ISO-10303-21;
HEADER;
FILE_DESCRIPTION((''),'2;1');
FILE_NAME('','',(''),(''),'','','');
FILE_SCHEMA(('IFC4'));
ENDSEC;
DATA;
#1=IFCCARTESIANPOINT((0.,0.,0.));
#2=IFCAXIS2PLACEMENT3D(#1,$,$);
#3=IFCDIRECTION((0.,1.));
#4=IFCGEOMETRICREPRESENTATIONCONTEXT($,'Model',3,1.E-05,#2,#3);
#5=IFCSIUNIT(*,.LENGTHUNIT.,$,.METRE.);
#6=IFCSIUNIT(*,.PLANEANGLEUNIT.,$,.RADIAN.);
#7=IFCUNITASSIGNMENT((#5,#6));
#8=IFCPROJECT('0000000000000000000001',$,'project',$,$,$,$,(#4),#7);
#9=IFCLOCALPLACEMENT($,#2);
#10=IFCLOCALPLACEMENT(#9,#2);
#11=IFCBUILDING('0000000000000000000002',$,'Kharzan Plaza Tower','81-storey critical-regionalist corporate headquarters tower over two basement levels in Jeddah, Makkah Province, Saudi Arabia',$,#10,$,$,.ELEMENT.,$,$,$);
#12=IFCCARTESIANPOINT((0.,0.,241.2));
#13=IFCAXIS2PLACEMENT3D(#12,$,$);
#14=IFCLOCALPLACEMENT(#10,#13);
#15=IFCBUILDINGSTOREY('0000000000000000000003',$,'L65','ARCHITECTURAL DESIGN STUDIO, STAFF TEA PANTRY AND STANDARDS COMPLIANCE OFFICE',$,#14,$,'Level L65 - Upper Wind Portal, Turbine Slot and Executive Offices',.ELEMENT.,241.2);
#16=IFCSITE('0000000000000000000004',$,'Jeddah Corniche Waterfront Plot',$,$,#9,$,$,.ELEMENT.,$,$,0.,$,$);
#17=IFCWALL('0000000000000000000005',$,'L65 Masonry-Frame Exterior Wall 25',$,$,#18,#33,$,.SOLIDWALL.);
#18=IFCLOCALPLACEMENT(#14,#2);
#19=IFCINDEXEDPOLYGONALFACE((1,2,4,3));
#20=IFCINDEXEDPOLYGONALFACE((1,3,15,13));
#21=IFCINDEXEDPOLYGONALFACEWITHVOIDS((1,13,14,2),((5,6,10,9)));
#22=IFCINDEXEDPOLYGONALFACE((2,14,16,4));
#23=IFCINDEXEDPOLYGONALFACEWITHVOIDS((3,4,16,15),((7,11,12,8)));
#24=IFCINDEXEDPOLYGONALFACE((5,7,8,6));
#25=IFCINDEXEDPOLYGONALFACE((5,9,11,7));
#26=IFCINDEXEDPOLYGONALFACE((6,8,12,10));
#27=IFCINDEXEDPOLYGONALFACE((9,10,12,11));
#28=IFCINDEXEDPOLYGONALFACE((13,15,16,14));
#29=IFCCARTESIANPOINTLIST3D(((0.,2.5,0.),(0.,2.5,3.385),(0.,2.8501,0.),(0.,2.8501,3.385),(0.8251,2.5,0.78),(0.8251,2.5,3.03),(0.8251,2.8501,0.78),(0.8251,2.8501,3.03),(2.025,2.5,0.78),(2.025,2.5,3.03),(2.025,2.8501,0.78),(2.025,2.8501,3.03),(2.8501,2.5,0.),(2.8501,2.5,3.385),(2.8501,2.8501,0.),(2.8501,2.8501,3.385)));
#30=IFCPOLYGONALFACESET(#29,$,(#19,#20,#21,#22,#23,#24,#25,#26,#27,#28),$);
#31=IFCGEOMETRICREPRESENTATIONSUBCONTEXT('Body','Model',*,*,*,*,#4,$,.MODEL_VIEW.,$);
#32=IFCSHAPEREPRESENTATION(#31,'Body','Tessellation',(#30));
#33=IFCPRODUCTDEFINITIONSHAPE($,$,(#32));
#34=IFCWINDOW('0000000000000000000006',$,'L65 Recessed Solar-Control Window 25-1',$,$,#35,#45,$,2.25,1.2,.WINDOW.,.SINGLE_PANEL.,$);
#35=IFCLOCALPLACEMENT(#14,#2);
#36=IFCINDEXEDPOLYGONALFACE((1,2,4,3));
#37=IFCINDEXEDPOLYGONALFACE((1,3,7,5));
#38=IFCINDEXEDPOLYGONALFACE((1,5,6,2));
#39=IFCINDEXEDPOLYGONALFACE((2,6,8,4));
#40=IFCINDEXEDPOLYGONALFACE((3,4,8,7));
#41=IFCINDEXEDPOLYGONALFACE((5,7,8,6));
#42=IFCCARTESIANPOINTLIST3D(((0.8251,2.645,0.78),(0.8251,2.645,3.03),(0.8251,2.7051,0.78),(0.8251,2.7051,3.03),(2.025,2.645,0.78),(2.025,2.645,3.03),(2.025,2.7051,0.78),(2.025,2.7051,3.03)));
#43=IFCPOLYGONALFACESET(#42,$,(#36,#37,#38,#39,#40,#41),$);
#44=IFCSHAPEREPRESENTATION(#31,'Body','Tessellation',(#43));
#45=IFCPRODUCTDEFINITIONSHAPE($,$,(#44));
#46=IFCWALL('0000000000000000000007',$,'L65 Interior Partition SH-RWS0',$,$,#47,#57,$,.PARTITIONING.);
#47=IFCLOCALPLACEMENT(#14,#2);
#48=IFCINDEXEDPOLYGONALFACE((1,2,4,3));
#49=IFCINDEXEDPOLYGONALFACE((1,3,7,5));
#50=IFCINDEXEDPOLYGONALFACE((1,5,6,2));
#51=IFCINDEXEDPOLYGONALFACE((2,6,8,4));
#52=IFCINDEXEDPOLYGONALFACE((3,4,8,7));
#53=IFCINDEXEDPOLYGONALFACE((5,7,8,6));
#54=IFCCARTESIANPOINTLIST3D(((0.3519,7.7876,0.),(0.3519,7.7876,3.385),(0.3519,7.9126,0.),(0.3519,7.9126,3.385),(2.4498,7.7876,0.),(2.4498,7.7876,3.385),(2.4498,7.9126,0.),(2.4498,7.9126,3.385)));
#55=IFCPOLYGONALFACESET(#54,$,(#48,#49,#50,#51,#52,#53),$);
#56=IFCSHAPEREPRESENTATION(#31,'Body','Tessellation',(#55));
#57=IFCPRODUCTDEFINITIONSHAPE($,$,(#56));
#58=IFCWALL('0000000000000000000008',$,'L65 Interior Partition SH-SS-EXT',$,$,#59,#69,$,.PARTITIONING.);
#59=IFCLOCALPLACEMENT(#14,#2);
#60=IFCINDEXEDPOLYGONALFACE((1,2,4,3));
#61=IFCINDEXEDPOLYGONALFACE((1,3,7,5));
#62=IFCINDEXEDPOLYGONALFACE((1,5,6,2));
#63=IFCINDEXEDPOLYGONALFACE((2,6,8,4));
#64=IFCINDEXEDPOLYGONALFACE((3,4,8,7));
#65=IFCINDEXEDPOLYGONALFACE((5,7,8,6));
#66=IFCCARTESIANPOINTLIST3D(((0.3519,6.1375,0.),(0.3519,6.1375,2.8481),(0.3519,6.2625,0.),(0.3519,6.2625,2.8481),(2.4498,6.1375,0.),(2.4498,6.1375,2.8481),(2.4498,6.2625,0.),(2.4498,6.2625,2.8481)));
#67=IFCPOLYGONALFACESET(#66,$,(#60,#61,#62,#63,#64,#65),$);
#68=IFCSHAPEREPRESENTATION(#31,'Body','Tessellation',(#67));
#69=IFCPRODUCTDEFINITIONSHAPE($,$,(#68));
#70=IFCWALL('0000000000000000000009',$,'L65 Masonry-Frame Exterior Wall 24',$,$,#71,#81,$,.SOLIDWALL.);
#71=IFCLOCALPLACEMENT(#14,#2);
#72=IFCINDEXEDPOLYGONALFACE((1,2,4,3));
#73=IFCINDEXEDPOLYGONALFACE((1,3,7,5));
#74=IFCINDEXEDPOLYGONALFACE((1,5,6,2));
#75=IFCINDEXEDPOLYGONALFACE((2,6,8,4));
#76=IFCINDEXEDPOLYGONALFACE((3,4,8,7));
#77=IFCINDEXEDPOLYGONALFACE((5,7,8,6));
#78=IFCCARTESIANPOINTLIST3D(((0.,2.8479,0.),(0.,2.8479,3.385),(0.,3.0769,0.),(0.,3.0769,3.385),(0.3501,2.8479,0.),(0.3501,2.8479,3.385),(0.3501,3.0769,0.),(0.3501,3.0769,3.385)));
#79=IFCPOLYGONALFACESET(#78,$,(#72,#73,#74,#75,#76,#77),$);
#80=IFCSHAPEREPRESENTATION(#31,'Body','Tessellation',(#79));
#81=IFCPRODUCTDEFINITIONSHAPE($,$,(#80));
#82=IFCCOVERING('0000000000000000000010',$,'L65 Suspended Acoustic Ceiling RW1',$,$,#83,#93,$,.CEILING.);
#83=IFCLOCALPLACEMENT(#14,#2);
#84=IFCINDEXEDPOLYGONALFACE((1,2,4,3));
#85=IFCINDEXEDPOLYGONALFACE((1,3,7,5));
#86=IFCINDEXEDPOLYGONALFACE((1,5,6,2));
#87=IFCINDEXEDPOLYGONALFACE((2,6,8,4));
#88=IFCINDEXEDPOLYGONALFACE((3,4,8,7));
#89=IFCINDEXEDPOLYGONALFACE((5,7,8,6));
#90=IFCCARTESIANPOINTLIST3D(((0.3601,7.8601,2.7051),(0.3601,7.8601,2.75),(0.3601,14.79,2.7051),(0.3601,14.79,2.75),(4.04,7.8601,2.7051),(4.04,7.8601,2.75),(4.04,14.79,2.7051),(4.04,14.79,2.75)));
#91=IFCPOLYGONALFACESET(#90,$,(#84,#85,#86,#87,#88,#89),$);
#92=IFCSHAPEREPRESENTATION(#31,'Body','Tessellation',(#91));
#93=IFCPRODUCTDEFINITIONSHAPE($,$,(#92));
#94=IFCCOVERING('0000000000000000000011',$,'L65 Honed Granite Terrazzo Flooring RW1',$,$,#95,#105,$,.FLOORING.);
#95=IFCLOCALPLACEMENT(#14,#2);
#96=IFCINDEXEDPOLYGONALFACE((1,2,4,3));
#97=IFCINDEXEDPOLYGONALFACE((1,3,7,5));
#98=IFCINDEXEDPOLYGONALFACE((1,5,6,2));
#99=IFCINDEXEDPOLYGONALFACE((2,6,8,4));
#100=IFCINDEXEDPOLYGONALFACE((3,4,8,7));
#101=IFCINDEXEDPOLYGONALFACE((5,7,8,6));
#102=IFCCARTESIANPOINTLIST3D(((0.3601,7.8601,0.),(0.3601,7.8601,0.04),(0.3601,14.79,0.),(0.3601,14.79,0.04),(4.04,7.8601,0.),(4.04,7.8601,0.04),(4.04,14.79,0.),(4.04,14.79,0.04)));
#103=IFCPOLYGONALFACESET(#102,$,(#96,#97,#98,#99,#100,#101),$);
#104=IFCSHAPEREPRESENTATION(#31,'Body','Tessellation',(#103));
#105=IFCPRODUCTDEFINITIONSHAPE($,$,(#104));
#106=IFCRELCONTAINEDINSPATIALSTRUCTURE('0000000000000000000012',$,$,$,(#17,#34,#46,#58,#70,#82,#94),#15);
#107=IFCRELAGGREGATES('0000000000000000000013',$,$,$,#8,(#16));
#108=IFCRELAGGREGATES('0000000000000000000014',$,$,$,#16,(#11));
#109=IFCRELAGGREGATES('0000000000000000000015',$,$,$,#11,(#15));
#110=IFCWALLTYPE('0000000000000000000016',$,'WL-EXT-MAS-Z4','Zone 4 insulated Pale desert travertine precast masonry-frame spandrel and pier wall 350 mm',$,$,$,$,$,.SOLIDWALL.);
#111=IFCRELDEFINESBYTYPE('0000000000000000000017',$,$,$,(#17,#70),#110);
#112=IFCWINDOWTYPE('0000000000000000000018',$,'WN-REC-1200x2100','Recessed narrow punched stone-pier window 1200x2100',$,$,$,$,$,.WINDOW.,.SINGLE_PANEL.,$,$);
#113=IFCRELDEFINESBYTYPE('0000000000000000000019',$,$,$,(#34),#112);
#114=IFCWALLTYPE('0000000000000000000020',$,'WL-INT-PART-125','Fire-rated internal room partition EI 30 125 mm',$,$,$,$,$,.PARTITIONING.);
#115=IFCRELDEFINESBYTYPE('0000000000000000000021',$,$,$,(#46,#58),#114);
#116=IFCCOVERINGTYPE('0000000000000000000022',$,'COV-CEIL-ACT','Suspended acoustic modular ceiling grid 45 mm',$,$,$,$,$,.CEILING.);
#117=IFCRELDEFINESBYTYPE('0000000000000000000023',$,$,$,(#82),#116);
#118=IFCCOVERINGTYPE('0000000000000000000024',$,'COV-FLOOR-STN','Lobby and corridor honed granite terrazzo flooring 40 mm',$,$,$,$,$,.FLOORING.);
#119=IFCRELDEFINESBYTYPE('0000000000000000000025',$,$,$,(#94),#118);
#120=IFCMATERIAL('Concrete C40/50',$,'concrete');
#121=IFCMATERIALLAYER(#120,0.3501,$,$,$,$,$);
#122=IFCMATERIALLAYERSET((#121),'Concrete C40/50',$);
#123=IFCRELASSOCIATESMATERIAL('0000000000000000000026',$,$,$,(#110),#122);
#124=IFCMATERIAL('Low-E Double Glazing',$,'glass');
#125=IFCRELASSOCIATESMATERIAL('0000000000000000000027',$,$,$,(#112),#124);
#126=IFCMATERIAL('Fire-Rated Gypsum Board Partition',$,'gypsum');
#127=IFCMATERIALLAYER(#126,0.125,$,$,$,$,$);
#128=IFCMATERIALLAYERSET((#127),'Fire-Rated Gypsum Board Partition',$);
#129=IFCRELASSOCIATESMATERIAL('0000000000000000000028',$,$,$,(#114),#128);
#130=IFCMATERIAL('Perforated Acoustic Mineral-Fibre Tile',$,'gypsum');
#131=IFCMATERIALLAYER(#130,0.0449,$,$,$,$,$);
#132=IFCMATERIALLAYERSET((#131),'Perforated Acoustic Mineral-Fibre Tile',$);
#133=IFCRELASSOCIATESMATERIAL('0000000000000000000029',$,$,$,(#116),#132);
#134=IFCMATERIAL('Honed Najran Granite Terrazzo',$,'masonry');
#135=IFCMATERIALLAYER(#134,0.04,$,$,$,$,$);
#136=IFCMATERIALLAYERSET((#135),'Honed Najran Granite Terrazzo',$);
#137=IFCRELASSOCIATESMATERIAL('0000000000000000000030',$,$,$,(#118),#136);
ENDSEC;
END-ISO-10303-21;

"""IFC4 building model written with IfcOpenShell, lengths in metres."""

from ifc_helpers import new_model, si_unit, direction, frame, frame_2d, origin, place, context, subcontext, project, spatial, polyline, rectangle, outline, extrude, source, transform, mapped, material, layer, layer_set, type_object, element, fill, save


model = new_model("IFC4")

# Units and contexts
model_context = context("Model", 3, precision=1e-05, world=origin(), true_north=direction((0.0, 1.0)))
body_context = subcontext(model_context, "Body", "Model", "MODEL_VIEW")
ifc_project = project(units=[si_unit("LENGTHUNIT", "METRE"), si_unit("PLANEANGLEUNIT", "RADIAN")], contexts=[model_context])

# Site, building, storey
site_placement = place(None, origin())
site = spatial("IfcSite", under=ifc_project, at=site_placement, Name="Jeddah Corniche Waterfront Plot", CompositionType="ELEMENT", RefElevation=0.0)
building_placement = place(site_placement, origin())
building = spatial("IfcBuilding", under=site, at=building_placement, Name="Kharzan Plaza Tower", Description="81-storey critical-regionalist corporate headquarters tower over two basement levels in Jeddah, Makkah Province, Saudi Arabia", CompositionType="ELEMENT")
storey_placement = place(building_placement, frame((0.0, 0.0, 241.2)))
storey = spatial("IfcBuildingStorey", under=building, at=storey_placement, Name="L65", Description="ARCHITECTURAL DESIGN STUDIO, STAFF TEA PANTRY AND STANDARDS COMPLIANCE OFFICE", LongName="Level L65 - Upper Wind Portal, Turbine Slot and Executive Offices", CompositionType="ELEMENT", Elevation=241.2)

# Shared definitions
ifc_material_1 = material(Name="Concrete C40/50", Category="concrete")

# Wall, opening, window
ifc_layer_1 = layer(ifc_material_1, 0.3501)
ifc_layer_set_1 = layer_set([ifc_layer_1], Name="Concrete C40/50")
wall_type_1 = type_object("IfcWallType", Name="WL-EXT-MAS-Z4", Description="Zone 4 insulated Pale desert travertine precast masonry-frame spandrel and pier wall 350 mm", PredefinedType="SOLIDWALL", material=ifc_layer_set_1)
ifc_material_2 = material(Name="Low-E Double Glazing", Category="glass")
window_type = type_object("IfcWindowType", Name="WN-REC-1200x2100", Description="Recessed narrow punched stone-pier window 1200x2100", PartitioningType="SINGLE_PANEL", PredefinedType="WINDOW", material=ifc_material_2)
shared_shape_1 = source(origin(), body_context, "Body", "SweptSolid", [
    extrude(rectangle(XDim=1.2, YDim=2.25, at=frame_2d((0.6001, 1.125))), frame((0.0, 0.03, 0.0), z_axis=(0.0, -1.0, 0.0), x_axis=(1.0, 0.0, 0.0)), (0.0, 0.0, 1.0), 0.0601),
])
wall_1_placement = place(storey_placement, frame((0.0, 2.675, 0.0), z_axis=(0.0, 0.0, 1.0), x_axis=(1.0, 0.0, 0.0)))
wall_1 = element("IfcWall", 1, at=wall_1_placement, inside=storey, type_object=wall_type_1, Name="L65 Masonry-Frame Exterior Wall 25", PredefinedType="SOLIDWALL", context=body_context, shape_type="SweptSolid", body=[
    extrude(rectangle(XDim=2.8501, YDim=0.3501, at=frame_2d((1.425, 0.0))), origin(), (0.0, 0.0, 1.0), 3.385),
])
opening_1_placement = place(wall_1_placement, frame((0.825, 0.0, 0.78)))
opening_1 = element("IfcOpeningElement", 2, at=opening_1_placement, cuts=wall_1, PredefinedType="OPENING", context=body_context, shape_type="SweptSolid", body=[
    extrude(rectangle(XDim=1.2, YDim=2.25, at=frame_2d((0.6001, 1.125))), frame((0.0, 0.1851, 0.0), z_axis=(0.0, -1.0, 0.0), x_axis=(1.0, 0.0, 0.0)), (0.0, 0.0, 1.0), 0.3701),
])
window_1_placement = place(opening_1_placement, origin())
window_1 = element("IfcWindow", 3, at=window_1_placement, inside=storey, type_object=window_type, Name="L65 Recessed Solar-Control Window 25-1", OverallHeight=2.25, OverallWidth=1.2, PartitioningType="SINGLE_PANEL", PredefinedType="WINDOW", context=body_context, shape_type="MappedRepresentation", body=[
    mapped(shared_shape_1, transform((0.0, 0.0, 0.0), x_axis=(1.0, 0.0, 0.0), y_axis=(0.0, 1.0, 0.0), z_axis=(0.0, 0.0, 1.0))),
])
fill(opening_1, window_1)

# Shared definitions
ifc_material_3 = material(Name="Fire-Rated Gypsum Board Partition", Category="gypsum")
ifc_layer_2 = layer(ifc_material_3, 0.125)
ifc_layer_set_2 = layer_set([ifc_layer_2], Name="Fire-Rated Gypsum Board Partition")
wall_type_2 = type_object("IfcWallType", Name="WL-INT-PART-125", Description="Fire-rated internal room partition EI 30 125 mm", PredefinedType="PARTITIONING", material=ifc_layer_set_2)

# Walls
shared_shape_2 = source(origin(), body_context, "Body", "SweptSolid", [
    extrude(rectangle(XDim=2.0979, YDim=0.125, at=frame_2d((1.0488, 0.0))), origin(), (0.0, 0.0, 1.0), 3.385),
])
wall_2_placement = place(storey_placement, frame((0.3521, 7.8501, 0.0), z_axis=(0.0, 0.0, 1.0), x_axis=(1.0, 0.0, 0.0)))
element("IfcWall", 4, at=wall_2_placement, inside=storey, type_object=wall_type_2, Name="L65 Interior Partition SH-RWS0", PredefinedType="PARTITIONING", context=body_context, shape_type="MappedRepresentation", body=[
    mapped(shared_shape_2, transform((0.0, 0.0, 0.0), x_axis=(1.0, 0.0, 0.0), y_axis=(0.0, 1.0, 0.0), z_axis=(0.0, 0.0, 1.0))),
])
shared_shape_3 = source(origin(), body_context, "Body", "SweptSolid", [
    extrude(rectangle(XDim=2.0979, YDim=0.125, at=frame_2d((1.0488, 0.0))), origin(), (0.0, 0.0, 1.0), 2.8481),
])
wall_3_placement = place(storey_placement, frame((0.3521, 6.2, 0.0), z_axis=(0.0, 0.0, 1.0), x_axis=(1.0, 0.0, 0.0)))
element("IfcWall", 5, at=wall_3_placement, inside=storey, type_object=wall_type_2, Name="L65 Interior Partition SH-SS-EXT", PredefinedType="PARTITIONING", context=body_context, shape_type="MappedRepresentation", body=[
    mapped(shared_shape_3, transform((0.0, 0.0, 0.0), x_axis=(1.0, 0.0, 0.0), y_axis=(0.0, 1.0, 0.0), z_axis=(0.0, 0.0, 1.0))),
])
shared_shape_4 = source(origin(), body_context, "Body", "SweptSolid", [
    extrude(rectangle(XDim=0.229, YDim=0.3501, at=frame_2d((0.1145, 0.0))), origin(), (0.0, 0.0, 1.0), 3.385),
])
wall_4_placement = place(storey_placement, frame((0.175, 3.0769, 0.0), z_axis=(0.0, 0.0, 1.0), x_axis=(0.0, -1.0, 0.0)))
element("IfcWall", 6, at=wall_4_placement, inside=storey, type_object=wall_type_1, Name="L65 Masonry-Frame Exterior Wall 24", PredefinedType="SOLIDWALL", context=body_context, shape_type="MappedRepresentation", body=[
    mapped(shared_shape_4, transform((0.0, 0.0, 0.0), x_axis=(1.0, 0.0, 0.0), y_axis=(0.0, 1.0, 0.0), z_axis=(0.0, 0.0, 1.0))),
])

# Coverings
ifc_material_4 = material(Name="Perforated Acoustic Mineral-Fibre Tile", Category="gypsum")
ifc_layer_3 = layer(ifc_material_4, 0.0449)
ifc_layer_set_3 = layer_set([ifc_layer_3], Name="Perforated Acoustic Mineral-Fibre Tile")
covering_type_1 = type_object("IfcCoveringType", Name="COV-CEIL-ACT", Description="Suspended acoustic modular ceiling grid 45 mm", PredefinedType="CEILING", material=ifc_layer_set_3)
covering_1_placement = place(storey_placement, frame((0.0, 0.0, 2.7051)))
element("IfcCovering", 7, at=covering_1_placement, inside=storey, type_object=covering_type_1, Name="L65 Suspended Acoustic Ceiling RW1", PredefinedType="CEILING", context=body_context, shape_type="SweptSolid", body=[
    extrude(outline(polyline([(0.3601, 7.8601), (4.04, 7.8601), (4.04, 14.79), (0.3601, 14.79), (0.3601, 7.8601)])), origin(), (0.0, 0.0, 1.0), 0.0449),
])
ifc_material_5 = material(Name="Honed Najran Granite Terrazzo", Category="masonry")
ifc_layer_4 = layer(ifc_material_5, 0.04)
ifc_layer_set_4 = layer_set([ifc_layer_4], Name="Honed Najran Granite Terrazzo")
covering_type_2 = type_object("IfcCoveringType", Name="COV-FLOOR-STN", Description="Lobby and corridor honed granite terrazzo flooring 40 mm", PredefinedType="FLOORING", material=ifc_layer_set_4)
covering_2_placement = place(storey_placement, origin())
element("IfcCovering", 8, at=covering_2_placement, inside=storey, type_object=covering_type_2, Name="L65 Honed Granite Terrazzo Flooring RW1", PredefinedType="FLOORING", context=body_context, shape_type="SweptSolid", body=[
    extrude(outline(polyline([(0.3601, 7.8601), (4.04, 7.8601), (4.04, 14.79), (0.3601, 14.79), (0.3601, 7.8601)])), origin(), (0.0, 0.0, 1.0), 0.04),
])

save(model, "model.ifc")
